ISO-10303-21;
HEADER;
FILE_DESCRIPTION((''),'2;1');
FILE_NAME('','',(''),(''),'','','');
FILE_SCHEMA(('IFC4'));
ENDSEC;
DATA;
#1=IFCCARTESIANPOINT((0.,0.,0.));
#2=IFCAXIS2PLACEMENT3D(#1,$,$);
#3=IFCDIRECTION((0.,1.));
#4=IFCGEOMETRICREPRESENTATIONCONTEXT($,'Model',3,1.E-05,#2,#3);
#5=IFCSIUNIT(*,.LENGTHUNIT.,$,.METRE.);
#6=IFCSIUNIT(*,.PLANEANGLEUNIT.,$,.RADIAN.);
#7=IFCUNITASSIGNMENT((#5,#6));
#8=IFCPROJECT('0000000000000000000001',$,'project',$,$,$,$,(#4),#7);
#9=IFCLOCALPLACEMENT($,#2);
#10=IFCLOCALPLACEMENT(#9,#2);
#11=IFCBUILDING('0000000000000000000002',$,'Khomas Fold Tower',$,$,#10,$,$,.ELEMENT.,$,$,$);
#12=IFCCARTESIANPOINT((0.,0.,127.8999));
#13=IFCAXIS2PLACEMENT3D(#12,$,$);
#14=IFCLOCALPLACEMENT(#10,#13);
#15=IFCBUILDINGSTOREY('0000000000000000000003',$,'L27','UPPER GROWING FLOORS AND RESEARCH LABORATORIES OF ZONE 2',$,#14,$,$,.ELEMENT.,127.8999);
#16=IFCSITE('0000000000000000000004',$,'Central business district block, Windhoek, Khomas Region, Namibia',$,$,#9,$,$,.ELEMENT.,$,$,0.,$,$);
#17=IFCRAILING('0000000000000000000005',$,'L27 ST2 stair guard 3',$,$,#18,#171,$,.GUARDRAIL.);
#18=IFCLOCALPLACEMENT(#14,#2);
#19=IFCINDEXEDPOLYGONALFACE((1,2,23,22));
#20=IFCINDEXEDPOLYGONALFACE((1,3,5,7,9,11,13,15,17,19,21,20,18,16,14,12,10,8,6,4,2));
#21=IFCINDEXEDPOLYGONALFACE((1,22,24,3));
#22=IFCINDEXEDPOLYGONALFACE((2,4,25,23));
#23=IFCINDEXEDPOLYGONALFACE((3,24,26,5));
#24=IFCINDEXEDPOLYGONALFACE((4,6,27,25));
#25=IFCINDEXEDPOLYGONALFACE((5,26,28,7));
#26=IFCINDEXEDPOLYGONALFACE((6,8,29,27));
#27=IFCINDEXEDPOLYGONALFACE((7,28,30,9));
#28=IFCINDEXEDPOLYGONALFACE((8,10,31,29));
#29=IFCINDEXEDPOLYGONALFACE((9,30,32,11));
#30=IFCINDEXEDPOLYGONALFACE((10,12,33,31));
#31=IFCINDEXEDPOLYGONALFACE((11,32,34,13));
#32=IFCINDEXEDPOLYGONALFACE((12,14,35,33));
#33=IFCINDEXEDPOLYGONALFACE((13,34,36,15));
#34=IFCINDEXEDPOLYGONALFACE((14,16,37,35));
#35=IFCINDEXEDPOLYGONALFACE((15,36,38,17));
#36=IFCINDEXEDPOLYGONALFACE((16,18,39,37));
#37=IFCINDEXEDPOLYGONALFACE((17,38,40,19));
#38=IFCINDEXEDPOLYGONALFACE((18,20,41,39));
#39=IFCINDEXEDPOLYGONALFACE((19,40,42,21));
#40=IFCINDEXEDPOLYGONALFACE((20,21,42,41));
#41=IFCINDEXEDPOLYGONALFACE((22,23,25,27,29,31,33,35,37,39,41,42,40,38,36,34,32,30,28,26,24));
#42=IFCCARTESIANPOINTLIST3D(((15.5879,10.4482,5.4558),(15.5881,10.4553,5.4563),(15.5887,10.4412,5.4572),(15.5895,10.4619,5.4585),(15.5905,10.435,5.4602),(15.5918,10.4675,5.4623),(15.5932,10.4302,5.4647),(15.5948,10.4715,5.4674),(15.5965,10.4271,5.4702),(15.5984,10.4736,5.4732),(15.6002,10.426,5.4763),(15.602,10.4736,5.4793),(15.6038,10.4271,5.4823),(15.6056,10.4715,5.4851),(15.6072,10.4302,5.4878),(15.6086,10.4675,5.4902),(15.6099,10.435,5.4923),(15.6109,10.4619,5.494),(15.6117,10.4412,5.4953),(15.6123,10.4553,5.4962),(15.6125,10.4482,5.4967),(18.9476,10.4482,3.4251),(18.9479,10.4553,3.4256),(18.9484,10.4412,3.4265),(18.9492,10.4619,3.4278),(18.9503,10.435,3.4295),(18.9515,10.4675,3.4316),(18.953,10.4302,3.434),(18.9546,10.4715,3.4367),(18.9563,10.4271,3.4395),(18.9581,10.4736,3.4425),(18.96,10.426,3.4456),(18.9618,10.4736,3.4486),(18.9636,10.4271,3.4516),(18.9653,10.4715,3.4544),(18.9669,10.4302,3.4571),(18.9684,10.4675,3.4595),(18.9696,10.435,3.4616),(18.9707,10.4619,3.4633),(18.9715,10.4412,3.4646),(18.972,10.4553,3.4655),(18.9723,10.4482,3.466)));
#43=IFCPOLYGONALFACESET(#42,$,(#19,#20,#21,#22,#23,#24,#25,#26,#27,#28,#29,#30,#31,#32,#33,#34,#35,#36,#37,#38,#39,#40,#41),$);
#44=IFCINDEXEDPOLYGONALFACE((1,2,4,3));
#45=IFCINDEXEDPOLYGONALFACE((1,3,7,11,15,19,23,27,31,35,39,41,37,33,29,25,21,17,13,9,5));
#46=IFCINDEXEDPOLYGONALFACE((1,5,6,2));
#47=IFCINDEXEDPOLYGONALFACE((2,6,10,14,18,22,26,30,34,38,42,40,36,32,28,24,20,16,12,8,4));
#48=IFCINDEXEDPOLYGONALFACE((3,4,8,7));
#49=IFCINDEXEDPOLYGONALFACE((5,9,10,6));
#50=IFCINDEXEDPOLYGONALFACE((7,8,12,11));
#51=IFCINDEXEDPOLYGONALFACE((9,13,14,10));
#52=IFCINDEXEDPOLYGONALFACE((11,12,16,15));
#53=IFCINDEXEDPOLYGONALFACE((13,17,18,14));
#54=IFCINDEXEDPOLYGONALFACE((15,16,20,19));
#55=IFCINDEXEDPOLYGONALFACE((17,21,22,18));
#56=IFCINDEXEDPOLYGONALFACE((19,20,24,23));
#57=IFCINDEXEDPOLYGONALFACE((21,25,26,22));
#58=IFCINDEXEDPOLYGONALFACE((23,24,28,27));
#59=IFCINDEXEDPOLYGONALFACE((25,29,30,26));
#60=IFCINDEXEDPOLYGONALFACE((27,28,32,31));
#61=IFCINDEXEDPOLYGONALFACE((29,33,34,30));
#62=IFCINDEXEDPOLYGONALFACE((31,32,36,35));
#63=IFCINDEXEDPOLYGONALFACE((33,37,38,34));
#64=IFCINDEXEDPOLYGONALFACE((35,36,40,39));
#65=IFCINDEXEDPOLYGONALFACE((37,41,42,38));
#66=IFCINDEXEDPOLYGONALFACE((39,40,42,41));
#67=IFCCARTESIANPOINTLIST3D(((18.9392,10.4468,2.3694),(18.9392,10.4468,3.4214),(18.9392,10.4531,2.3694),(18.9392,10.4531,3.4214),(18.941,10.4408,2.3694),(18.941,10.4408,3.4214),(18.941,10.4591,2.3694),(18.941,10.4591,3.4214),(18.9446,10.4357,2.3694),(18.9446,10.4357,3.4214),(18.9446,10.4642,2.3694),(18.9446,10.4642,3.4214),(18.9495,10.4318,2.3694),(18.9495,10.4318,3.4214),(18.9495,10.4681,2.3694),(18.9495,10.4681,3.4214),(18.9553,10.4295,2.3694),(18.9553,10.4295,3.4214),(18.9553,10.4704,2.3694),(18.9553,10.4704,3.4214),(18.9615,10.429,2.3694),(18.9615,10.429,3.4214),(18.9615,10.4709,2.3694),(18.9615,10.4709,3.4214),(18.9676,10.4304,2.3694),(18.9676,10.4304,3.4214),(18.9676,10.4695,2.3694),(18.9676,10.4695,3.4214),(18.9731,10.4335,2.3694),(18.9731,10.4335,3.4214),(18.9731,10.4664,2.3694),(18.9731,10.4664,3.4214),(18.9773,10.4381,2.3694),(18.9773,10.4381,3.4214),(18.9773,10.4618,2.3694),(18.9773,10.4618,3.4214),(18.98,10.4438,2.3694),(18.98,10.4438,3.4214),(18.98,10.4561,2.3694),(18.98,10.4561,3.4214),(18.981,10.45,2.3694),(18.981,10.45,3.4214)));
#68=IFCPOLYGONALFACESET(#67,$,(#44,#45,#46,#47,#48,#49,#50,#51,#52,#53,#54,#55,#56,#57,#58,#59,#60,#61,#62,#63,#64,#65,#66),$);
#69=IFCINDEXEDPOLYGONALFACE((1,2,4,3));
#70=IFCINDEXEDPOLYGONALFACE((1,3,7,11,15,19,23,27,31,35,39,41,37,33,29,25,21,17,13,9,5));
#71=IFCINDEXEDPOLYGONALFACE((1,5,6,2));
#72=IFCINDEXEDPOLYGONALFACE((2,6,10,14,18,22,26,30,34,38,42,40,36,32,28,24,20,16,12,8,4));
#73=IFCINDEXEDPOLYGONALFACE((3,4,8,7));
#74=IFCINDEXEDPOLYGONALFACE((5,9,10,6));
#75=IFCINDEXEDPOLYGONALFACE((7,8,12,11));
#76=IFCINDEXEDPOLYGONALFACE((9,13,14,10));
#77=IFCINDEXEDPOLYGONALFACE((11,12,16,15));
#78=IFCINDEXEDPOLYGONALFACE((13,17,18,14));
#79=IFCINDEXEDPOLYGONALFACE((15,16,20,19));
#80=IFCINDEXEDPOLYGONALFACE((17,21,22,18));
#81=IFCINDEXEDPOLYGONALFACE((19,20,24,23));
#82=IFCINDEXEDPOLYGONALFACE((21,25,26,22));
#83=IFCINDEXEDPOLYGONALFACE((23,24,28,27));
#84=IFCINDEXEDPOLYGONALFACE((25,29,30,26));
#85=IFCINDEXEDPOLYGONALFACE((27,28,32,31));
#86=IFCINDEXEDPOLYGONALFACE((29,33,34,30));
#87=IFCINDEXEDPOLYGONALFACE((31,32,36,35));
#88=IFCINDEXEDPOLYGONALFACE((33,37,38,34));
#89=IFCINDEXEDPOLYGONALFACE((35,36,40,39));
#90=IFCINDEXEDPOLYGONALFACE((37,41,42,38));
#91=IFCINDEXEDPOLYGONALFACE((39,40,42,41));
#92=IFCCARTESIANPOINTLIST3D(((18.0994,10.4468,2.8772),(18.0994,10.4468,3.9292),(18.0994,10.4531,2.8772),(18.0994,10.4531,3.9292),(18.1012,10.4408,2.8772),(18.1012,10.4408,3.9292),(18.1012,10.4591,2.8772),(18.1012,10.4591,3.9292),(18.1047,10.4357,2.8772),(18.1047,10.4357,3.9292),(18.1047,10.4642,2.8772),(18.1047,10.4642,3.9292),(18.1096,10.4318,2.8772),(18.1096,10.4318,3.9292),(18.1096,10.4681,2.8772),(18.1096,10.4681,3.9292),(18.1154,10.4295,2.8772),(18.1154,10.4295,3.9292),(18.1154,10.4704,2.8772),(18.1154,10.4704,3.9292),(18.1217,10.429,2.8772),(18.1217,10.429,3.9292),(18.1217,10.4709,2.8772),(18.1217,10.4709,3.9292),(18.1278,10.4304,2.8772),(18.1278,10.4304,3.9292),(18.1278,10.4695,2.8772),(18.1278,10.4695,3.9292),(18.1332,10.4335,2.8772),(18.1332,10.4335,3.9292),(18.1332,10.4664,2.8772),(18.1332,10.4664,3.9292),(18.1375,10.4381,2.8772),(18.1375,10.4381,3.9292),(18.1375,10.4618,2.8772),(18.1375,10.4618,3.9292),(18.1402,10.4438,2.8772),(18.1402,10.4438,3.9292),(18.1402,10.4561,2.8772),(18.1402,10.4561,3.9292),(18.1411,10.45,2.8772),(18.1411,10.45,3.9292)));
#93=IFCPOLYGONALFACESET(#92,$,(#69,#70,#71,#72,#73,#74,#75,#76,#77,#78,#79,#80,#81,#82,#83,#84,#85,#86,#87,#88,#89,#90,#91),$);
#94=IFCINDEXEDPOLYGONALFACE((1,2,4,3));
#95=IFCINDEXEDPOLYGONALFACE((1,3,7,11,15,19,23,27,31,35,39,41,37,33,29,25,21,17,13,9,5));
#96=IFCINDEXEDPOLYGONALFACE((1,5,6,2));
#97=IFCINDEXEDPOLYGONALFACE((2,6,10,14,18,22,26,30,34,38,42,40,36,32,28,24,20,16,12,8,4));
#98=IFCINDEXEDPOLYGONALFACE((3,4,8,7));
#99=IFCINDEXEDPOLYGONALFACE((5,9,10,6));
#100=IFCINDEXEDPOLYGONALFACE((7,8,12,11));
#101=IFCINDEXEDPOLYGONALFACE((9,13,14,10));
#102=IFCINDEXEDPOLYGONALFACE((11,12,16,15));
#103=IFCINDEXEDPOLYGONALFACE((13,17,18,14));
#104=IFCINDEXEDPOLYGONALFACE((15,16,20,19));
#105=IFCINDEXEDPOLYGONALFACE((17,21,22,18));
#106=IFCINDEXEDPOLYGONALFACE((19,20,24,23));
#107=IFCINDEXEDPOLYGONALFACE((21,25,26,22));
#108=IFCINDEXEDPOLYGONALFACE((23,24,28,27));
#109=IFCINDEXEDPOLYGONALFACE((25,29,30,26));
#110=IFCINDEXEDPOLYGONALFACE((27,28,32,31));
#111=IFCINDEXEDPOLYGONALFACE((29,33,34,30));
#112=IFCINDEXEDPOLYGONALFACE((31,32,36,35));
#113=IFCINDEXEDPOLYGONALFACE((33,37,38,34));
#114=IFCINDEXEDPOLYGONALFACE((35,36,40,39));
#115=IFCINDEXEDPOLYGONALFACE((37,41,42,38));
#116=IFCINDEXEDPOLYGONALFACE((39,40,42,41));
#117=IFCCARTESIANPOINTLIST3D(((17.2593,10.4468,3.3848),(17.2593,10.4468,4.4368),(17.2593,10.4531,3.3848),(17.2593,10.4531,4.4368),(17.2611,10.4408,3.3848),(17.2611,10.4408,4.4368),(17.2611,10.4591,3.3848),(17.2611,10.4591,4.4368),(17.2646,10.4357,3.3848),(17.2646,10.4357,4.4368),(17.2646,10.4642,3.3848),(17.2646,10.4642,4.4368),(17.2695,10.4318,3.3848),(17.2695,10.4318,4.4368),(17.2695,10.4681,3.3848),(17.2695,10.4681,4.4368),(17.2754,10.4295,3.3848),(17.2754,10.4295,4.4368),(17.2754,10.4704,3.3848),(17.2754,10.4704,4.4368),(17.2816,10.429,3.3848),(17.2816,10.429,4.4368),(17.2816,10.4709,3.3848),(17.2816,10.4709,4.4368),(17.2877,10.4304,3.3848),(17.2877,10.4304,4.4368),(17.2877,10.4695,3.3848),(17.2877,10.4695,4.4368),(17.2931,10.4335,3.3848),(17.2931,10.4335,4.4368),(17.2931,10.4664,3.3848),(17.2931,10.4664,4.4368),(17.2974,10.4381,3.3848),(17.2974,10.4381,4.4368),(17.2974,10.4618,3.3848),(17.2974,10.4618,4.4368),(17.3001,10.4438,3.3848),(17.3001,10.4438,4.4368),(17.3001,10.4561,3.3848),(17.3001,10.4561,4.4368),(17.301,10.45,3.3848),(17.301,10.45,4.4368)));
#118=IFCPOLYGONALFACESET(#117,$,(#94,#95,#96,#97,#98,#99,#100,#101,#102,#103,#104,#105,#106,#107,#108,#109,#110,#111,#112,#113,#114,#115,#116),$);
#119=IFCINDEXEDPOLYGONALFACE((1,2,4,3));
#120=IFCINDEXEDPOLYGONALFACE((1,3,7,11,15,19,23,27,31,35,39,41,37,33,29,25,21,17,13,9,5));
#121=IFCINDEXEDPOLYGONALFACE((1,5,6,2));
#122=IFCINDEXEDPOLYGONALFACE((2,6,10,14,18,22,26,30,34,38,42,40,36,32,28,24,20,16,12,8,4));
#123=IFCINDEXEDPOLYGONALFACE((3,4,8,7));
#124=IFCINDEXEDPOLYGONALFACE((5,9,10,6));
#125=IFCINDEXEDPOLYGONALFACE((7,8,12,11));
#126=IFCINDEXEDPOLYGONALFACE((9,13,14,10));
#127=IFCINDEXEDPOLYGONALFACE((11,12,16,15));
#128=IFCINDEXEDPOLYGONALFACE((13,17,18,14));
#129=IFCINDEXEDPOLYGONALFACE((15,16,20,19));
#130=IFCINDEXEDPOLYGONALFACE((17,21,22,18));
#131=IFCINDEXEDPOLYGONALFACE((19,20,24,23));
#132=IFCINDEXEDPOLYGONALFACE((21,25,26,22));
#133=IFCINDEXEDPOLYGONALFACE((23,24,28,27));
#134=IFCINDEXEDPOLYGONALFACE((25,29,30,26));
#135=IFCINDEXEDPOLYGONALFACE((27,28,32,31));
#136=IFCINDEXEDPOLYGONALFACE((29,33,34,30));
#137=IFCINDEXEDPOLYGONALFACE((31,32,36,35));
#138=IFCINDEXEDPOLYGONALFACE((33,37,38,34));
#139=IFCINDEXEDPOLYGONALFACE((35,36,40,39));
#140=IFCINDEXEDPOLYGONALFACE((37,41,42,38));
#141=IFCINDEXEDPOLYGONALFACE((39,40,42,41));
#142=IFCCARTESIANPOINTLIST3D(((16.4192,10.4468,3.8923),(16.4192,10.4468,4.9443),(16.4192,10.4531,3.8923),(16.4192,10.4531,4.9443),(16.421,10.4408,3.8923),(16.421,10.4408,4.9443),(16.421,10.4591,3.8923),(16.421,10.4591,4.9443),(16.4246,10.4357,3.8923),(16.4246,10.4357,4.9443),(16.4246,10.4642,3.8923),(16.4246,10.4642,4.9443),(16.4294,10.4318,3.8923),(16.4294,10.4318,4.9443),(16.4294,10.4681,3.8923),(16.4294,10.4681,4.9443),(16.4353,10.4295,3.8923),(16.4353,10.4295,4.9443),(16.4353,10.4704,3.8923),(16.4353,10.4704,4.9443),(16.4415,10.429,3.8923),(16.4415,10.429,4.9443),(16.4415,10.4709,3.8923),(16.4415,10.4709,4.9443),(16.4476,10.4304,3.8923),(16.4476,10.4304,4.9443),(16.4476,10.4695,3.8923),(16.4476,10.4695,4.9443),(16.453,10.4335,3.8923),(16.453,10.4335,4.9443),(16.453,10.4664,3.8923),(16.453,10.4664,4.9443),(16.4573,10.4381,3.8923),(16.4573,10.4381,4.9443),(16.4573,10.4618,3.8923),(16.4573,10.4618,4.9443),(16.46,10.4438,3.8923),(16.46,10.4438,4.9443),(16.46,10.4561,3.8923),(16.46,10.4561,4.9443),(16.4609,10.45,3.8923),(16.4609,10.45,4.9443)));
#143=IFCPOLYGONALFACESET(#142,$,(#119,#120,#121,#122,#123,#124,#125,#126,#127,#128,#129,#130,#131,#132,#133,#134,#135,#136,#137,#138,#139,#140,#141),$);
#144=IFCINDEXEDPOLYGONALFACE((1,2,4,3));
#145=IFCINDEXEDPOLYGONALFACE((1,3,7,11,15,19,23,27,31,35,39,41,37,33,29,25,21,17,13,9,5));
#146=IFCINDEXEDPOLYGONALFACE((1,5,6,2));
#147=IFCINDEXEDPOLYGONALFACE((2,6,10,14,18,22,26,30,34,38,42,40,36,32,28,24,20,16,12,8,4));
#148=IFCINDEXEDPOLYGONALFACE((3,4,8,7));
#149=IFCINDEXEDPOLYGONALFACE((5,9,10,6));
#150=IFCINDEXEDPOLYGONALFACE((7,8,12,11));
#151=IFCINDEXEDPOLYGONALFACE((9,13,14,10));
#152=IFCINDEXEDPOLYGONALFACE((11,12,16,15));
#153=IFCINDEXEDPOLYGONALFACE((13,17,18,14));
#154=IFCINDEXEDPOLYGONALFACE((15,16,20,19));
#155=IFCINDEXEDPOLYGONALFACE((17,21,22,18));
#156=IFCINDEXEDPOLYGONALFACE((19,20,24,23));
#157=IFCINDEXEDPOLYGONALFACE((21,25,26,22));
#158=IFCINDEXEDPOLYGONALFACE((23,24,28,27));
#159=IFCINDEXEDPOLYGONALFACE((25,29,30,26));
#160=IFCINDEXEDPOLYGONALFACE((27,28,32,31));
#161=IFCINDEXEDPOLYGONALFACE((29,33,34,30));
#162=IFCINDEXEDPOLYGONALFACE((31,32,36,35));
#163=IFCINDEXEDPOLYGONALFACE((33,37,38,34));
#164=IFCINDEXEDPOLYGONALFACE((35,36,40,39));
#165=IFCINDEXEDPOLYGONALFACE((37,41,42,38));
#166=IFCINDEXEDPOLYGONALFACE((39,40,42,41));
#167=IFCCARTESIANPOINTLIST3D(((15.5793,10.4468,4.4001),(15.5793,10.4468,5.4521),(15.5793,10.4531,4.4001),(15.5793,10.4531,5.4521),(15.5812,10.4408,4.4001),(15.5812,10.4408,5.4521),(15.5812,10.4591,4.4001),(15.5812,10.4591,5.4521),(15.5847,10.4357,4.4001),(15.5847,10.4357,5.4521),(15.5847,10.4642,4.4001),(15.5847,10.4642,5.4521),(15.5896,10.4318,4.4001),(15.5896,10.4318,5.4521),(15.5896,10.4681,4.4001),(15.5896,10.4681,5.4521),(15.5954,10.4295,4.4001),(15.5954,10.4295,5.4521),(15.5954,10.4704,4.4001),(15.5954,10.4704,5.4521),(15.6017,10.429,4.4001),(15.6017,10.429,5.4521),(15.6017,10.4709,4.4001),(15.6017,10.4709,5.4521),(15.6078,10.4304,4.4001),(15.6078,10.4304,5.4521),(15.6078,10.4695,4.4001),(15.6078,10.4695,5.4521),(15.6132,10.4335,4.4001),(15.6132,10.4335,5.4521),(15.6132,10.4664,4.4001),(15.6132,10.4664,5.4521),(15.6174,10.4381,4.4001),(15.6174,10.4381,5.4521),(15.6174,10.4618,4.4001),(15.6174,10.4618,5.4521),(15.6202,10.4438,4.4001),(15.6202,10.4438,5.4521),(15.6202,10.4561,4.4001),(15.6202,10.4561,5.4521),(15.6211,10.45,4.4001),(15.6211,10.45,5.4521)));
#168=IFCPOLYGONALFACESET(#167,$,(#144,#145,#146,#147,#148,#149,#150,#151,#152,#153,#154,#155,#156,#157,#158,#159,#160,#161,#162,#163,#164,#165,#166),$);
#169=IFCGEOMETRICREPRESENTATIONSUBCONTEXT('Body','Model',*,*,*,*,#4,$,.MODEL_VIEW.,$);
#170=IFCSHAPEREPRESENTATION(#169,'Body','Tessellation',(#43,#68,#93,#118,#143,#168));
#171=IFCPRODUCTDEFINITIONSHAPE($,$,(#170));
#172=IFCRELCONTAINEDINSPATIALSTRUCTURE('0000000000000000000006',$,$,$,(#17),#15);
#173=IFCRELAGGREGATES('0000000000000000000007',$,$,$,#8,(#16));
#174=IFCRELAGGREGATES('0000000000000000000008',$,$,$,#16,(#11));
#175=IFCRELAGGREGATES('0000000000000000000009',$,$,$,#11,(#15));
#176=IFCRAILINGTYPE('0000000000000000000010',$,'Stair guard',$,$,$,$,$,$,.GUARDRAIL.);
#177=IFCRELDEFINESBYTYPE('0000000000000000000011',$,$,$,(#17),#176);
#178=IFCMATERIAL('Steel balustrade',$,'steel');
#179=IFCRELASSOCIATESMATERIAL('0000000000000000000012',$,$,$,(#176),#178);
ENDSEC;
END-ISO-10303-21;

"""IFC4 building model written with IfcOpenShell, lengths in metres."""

from ifc_helpers import new_model, si_unit, direction, frame, origin, origin_2d, place, context, subcontext, project, spatial, circle, extrude, source, transform, mapped, material, type_object, element, save


model = new_model("IFC4")

# Units and contexts
model_context = context("Model", 3, precision=1e-05, world=origin(), true_north=direction((0.0, 1.0)))
body_context = subcontext(model_context, "Body", "Model", "MODEL_VIEW")
ifc_project = project(units=[si_unit("LENGTHUNIT", "METRE"), si_unit("PLANEANGLEUNIT", "RADIAN")], contexts=[model_context])

# Site, building, storey
site_placement = place(None, origin())
site = spatial("IfcSite", under=ifc_project, at=site_placement, Name="Central business district block, Windhoek, Khomas Region, Namibia", CompositionType="ELEMENT", RefElevation=0.0)
building_placement = place(site_placement, origin())
building = spatial("IfcBuilding", under=site, at=building_placement, Name="Khomas Fold Tower", CompositionType="ELEMENT")
storey_placement = place(building_placement, frame((0.0, 0.0, 127.8999)))
storey = spatial("IfcBuildingStorey", under=building, at=storey_placement, Name="L27", Description="UPPER GROWING FLOORS AND RESEARCH LABORATORIES OF ZONE 2", CompositionType="ELEMENT", Elevation=127.8999)

# Railing
ifc_material_1 = material(Name="Steel balustrade", Category="steel")
railing_type_1 = type_object("IfcRailingType", Name="Stair guard", PredefinedType="GUARDRAIL", material=ifc_material_1)
shared_shape_1 = source(origin(), body_context, "Body", "SweptSolid", [
    extrude(circle(Radius=0.0239, at=origin_2d()), frame((0.0, 0.0, 1.0762), z_axis=(-0.85582, 0.0, 0.517273), x_axis=(0.0, -1.0, 0.0)), (0.0, 0.0, 1.0), 3.9258),
    extrude(circle(Radius=0.021, at=origin_2d()), origin(), (0.0, 0.0, 1.0), 1.052),
    extrude(circle(Radius=0.021, at=origin_2d()), frame((-0.8398, 0.0, 0.5078)), (0.0, 0.0, 1.0), 1.052),
    extrude(circle(Radius=0.021, at=origin_2d()), frame((-1.6799, 0.0, 1.0154)), (0.0, 0.0, 1.0), 1.052),
    extrude(circle(Radius=0.021, at=origin_2d()), frame((-2.52, 0.0, 1.5229)), (0.0, 0.0, 1.0), 1.052),
    extrude(circle(Radius=0.021, at=origin_2d()), frame((-3.3599, 0.0, 2.0308)), (0.0, 0.0, 1.0), 1.052),
])
railing_1_placement = place(storey_placement, frame((18.96, 10.45, 2.3694)))
element("IfcRailing", 1, at=railing_1_placement, inside=storey, type_object=railing_type_1, Name="L27 ST2 stair guard 3", PredefinedType="GUARDRAIL", context=body_context, shape_type="MappedRepresentation", body=[
    mapped(shared_shape_1, transform((0.0, 0.0, 0.0))),
])

save(model, "model.ifc")
